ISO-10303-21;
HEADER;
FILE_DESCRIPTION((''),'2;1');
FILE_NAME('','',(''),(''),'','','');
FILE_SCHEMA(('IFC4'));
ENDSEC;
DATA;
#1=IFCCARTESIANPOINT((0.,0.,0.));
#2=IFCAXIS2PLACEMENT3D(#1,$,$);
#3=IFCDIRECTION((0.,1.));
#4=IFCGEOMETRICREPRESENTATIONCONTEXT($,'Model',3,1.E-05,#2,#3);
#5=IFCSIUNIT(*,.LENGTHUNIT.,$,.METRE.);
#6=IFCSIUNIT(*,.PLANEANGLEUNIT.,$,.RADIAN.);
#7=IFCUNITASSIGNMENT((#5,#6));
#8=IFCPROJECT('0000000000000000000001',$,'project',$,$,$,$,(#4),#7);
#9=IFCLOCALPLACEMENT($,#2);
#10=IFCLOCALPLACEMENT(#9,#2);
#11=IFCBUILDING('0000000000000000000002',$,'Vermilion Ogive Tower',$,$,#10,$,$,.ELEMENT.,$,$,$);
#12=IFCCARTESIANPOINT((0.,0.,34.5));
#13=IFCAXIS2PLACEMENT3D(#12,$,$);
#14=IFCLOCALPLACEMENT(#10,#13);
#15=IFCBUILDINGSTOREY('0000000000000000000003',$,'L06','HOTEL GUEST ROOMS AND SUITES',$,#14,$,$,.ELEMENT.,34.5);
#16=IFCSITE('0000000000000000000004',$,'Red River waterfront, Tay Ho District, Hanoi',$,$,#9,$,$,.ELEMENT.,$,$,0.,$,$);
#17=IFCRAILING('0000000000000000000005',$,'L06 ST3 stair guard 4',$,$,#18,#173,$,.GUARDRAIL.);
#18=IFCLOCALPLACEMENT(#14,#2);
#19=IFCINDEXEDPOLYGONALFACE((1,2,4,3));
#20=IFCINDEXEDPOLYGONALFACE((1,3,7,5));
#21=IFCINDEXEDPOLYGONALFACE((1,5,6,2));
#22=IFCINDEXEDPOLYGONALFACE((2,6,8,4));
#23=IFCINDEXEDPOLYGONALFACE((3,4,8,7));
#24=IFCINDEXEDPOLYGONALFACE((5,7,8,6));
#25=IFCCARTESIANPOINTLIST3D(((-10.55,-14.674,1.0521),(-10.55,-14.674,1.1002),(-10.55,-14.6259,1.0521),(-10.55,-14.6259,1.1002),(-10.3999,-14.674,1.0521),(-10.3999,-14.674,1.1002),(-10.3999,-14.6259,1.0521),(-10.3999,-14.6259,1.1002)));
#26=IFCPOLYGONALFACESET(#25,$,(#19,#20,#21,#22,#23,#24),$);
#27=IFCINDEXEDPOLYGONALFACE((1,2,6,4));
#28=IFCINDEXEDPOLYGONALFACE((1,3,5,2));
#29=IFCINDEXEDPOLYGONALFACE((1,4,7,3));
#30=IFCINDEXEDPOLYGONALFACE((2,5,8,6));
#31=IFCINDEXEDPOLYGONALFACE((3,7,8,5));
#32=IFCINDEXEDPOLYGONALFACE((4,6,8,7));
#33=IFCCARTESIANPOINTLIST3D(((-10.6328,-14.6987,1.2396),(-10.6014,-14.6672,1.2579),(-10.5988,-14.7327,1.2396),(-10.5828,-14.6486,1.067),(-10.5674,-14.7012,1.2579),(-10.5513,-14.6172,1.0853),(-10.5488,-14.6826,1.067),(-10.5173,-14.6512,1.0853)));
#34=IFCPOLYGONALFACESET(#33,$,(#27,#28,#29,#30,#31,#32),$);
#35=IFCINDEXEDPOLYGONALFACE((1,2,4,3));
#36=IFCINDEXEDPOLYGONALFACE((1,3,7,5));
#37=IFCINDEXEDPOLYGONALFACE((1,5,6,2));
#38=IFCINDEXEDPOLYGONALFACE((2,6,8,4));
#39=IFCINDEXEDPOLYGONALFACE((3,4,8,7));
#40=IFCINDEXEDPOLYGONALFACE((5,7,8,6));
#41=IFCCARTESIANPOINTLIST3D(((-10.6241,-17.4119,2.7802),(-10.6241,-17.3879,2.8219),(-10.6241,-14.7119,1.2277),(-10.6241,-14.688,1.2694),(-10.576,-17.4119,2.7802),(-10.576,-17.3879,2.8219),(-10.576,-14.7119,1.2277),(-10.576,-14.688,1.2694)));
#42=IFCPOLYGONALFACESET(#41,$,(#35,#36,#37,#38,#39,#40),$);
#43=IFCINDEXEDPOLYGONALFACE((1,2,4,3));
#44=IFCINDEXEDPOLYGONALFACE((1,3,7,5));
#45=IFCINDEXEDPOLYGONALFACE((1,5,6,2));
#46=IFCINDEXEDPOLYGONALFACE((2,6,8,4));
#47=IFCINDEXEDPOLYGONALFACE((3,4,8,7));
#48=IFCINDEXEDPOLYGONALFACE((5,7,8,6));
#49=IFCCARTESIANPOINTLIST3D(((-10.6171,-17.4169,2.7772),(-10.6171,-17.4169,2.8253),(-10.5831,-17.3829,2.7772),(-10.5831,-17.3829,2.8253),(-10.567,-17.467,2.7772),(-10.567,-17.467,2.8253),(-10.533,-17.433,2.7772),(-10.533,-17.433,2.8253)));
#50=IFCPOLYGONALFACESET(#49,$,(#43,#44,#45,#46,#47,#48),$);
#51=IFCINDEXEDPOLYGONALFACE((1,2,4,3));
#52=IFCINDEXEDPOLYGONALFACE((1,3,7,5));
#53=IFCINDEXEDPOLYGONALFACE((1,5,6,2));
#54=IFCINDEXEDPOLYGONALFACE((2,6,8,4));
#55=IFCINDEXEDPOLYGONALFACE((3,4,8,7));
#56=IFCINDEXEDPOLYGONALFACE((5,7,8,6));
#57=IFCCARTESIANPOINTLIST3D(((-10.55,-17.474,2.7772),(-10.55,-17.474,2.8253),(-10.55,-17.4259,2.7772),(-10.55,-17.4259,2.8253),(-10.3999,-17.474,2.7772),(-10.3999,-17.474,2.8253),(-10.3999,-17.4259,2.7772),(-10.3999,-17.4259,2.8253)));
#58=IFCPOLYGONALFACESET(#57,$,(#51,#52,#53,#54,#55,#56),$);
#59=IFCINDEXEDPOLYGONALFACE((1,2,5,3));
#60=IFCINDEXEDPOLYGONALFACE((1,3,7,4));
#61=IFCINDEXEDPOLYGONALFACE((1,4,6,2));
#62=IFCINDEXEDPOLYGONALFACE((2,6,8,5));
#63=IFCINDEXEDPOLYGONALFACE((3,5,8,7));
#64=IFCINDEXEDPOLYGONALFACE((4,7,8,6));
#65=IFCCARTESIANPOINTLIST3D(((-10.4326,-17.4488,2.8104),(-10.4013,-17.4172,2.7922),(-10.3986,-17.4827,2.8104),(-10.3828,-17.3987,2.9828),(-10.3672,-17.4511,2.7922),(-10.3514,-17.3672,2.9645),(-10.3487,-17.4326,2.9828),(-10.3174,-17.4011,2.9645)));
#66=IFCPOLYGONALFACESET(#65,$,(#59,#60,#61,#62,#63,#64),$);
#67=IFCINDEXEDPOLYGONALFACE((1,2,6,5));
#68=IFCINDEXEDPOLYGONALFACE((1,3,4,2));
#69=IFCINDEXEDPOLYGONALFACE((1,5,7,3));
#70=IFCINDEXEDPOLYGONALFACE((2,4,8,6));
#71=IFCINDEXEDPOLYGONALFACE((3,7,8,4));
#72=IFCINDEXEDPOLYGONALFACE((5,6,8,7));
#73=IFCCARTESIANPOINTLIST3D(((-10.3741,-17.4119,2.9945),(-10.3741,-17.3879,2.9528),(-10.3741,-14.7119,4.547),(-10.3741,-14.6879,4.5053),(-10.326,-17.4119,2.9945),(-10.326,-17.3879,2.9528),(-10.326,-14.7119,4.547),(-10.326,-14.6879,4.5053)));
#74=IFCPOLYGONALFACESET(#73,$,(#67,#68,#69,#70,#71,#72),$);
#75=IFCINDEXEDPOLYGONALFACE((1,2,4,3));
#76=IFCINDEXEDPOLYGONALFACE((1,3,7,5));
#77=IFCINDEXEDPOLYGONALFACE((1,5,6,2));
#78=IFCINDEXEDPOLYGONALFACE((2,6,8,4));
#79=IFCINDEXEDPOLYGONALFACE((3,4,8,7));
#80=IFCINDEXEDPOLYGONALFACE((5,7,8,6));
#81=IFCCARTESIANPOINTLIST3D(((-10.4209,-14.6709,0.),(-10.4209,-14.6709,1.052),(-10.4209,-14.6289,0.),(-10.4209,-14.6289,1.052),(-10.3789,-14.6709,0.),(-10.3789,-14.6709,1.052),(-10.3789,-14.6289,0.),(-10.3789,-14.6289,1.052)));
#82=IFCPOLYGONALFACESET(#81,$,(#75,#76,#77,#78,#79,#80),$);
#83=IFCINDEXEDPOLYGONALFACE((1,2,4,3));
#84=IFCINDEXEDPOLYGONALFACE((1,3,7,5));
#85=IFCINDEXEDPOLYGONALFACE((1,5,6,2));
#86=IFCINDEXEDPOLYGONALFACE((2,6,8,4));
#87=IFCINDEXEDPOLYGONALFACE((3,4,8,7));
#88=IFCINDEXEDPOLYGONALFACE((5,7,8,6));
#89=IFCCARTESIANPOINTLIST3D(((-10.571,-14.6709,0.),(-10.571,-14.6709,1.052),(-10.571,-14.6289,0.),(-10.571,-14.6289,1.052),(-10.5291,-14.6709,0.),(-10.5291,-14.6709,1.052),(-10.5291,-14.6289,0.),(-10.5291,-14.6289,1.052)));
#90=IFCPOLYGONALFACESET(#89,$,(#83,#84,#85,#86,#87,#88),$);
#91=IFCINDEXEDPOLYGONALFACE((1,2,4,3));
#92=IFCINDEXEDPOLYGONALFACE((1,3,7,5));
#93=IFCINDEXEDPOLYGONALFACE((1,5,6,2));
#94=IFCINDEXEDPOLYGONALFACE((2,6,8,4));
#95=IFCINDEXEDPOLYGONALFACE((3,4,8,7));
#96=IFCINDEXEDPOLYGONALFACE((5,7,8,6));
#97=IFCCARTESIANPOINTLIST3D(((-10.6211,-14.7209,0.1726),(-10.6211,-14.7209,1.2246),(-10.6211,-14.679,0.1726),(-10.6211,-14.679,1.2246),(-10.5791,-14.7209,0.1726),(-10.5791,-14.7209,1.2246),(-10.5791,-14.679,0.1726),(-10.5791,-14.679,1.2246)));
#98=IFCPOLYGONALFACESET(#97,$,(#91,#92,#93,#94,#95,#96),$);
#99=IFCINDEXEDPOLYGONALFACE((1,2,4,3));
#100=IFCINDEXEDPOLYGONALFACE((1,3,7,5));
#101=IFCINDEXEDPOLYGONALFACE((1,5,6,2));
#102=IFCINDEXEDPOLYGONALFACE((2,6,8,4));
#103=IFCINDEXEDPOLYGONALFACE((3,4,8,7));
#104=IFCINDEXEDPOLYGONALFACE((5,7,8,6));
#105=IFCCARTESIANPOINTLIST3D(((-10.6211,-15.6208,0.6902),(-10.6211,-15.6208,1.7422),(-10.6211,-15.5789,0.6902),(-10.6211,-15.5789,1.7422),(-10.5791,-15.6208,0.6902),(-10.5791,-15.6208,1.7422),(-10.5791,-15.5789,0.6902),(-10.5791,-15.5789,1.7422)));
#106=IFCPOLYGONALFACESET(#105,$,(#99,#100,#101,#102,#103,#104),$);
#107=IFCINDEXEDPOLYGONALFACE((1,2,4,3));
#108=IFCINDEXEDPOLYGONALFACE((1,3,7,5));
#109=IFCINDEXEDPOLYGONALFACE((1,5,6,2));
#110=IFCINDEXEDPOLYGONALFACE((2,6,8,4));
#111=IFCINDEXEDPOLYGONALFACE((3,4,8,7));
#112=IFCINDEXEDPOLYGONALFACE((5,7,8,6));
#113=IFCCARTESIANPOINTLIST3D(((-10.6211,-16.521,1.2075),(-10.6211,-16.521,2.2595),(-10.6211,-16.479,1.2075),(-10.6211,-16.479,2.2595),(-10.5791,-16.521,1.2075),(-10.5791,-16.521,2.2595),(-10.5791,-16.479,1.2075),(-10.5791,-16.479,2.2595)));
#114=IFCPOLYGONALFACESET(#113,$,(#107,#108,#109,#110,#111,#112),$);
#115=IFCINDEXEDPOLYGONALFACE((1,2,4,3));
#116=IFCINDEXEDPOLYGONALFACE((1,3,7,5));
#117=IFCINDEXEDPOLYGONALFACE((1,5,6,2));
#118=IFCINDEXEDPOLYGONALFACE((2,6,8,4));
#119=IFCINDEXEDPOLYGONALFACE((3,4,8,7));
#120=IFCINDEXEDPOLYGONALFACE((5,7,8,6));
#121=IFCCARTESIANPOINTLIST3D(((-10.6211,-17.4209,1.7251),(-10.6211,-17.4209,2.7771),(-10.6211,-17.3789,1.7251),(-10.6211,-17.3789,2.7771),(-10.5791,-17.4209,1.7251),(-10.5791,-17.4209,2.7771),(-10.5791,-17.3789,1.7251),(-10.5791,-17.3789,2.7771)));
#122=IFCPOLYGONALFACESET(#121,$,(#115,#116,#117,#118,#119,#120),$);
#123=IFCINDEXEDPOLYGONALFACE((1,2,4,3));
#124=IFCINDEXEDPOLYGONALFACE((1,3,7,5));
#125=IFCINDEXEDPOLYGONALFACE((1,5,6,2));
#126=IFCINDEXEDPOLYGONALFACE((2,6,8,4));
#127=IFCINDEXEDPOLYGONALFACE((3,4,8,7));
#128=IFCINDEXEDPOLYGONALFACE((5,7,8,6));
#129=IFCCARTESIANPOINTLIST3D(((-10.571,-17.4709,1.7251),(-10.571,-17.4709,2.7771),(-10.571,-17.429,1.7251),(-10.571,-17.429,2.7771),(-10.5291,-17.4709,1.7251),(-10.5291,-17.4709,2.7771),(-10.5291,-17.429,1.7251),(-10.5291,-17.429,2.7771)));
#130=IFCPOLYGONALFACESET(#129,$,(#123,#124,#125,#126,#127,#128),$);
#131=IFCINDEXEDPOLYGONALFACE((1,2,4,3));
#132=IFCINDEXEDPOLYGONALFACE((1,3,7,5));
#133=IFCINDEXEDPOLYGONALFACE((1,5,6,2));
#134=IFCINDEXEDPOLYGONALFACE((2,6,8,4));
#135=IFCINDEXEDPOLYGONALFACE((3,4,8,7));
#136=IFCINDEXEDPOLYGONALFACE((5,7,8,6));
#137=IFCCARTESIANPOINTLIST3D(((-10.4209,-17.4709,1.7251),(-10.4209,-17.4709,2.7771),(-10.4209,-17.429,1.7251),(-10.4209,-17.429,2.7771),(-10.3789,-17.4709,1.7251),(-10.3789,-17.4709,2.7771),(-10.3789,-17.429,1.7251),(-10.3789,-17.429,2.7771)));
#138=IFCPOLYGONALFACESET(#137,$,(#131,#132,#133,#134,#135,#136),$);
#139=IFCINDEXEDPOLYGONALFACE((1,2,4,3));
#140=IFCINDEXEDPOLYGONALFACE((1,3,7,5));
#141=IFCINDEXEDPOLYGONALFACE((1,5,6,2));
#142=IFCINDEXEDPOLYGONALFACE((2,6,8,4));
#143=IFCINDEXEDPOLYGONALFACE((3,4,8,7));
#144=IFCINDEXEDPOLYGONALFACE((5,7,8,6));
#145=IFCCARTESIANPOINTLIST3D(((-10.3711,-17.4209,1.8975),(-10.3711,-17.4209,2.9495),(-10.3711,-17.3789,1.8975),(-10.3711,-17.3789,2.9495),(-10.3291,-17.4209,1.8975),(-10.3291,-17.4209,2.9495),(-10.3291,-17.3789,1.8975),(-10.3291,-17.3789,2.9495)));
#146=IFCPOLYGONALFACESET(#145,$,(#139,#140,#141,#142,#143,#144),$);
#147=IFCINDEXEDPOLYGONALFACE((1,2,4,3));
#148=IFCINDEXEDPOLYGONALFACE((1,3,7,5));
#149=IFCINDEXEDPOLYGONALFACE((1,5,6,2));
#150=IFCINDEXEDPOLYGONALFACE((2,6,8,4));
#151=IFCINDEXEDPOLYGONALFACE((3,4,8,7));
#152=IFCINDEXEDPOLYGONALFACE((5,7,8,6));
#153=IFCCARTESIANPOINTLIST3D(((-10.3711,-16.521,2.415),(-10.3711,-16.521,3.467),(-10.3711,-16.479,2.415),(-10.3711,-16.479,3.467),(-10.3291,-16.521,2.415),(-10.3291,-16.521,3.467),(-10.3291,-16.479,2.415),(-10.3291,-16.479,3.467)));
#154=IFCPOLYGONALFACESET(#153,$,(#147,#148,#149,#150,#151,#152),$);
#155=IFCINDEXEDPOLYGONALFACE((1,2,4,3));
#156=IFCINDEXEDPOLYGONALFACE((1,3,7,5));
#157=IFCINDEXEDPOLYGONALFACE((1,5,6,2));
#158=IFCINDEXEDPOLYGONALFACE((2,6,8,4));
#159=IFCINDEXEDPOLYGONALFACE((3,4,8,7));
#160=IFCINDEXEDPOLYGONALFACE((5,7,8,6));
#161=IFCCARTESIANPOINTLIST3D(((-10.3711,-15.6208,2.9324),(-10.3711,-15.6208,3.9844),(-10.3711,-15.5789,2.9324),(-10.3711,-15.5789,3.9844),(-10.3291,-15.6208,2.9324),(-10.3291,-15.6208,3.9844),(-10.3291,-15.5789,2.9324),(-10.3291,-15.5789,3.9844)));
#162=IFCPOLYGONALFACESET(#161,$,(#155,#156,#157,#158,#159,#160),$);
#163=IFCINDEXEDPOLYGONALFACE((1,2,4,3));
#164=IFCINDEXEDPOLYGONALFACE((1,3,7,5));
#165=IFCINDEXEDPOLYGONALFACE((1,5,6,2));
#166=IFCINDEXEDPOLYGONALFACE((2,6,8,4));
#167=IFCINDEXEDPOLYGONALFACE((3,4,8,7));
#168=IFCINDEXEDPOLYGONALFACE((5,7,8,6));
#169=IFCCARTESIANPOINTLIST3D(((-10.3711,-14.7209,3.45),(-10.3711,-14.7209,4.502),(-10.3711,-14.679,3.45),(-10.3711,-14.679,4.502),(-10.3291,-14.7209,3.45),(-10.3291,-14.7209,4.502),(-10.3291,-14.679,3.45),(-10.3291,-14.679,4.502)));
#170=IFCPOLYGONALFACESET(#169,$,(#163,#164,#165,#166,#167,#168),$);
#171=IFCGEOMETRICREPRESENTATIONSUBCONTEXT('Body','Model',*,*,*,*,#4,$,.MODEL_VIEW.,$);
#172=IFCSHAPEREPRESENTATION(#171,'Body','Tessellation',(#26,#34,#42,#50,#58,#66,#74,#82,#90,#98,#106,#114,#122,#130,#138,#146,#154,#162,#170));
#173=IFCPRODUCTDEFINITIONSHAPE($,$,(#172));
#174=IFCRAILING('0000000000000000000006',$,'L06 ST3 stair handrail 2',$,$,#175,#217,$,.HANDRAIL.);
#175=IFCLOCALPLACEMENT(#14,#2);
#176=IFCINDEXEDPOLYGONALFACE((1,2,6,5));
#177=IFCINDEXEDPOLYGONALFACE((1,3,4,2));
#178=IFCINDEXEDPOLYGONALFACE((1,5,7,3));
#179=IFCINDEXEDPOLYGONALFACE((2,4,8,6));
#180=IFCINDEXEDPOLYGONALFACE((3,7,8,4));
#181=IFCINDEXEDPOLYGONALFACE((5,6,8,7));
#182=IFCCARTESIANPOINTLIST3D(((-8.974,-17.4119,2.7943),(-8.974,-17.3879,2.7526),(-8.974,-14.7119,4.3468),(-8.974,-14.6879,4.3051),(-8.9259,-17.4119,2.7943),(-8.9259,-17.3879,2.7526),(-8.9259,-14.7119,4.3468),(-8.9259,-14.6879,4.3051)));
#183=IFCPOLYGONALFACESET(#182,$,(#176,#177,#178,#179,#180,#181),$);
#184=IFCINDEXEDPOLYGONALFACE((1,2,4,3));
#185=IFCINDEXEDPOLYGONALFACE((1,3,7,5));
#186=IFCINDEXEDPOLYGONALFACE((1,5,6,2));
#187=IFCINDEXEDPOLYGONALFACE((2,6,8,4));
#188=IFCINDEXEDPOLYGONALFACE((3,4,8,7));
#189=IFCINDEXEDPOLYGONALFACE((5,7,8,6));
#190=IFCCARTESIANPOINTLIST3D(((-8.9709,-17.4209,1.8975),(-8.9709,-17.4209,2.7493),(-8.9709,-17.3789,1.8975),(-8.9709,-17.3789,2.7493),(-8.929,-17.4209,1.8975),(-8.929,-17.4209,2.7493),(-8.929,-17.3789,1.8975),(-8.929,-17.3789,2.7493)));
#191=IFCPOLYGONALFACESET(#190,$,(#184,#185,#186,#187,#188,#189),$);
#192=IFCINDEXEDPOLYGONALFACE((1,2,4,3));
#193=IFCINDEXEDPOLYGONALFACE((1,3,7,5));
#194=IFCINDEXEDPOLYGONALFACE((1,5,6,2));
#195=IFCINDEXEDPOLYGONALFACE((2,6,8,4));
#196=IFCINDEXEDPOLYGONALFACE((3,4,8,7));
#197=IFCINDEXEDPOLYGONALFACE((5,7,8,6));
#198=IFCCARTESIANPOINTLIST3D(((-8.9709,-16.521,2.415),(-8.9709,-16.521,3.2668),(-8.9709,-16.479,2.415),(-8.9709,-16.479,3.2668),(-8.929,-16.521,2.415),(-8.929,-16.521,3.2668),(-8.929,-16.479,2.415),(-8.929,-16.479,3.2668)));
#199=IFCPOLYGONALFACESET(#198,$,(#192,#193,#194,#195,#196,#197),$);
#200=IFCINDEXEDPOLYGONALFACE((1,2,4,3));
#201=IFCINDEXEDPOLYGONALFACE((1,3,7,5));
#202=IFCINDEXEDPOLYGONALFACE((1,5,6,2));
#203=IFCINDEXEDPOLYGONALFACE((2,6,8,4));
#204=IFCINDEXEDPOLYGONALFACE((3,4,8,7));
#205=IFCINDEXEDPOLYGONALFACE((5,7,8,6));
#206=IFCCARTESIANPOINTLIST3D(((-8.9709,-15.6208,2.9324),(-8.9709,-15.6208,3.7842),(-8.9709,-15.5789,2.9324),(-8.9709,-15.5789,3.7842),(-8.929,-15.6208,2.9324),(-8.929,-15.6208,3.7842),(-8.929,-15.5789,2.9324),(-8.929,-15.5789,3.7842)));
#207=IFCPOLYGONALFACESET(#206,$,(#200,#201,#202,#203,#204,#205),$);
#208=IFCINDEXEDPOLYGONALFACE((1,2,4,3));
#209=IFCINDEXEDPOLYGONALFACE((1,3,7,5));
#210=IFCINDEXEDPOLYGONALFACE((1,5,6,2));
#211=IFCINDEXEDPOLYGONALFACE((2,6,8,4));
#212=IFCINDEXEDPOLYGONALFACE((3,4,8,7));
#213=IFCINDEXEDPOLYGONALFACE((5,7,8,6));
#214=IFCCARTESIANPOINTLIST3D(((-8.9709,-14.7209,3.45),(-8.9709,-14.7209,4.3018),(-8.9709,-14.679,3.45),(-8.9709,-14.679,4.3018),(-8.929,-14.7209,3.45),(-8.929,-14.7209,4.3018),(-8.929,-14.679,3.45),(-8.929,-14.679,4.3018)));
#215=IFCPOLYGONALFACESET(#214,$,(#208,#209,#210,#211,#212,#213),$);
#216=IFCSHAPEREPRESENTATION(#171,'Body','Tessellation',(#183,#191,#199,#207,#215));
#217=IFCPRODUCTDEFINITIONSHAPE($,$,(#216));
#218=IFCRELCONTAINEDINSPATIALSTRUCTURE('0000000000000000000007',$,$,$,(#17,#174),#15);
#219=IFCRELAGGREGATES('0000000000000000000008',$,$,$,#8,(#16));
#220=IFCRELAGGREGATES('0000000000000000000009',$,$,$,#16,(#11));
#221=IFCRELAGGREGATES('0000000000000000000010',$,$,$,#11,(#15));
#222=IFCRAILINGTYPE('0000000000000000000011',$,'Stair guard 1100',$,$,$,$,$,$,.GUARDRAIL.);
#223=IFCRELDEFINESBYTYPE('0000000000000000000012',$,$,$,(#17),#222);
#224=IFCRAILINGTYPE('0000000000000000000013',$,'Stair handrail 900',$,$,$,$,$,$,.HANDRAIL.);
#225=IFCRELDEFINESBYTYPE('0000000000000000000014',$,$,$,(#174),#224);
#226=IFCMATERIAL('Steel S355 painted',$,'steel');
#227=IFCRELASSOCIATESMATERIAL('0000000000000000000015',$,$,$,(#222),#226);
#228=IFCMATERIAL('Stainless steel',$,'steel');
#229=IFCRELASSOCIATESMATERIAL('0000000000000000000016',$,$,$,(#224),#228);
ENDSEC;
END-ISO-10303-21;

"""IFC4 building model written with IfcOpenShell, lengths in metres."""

from ifc_helpers import new_model, si_unit, direction, frame, origin, origin_2d, place, context, subcontext, project, spatial, rectangle, extrude, material, type_object, element, save


model = new_model("IFC4")

# Units and contexts
model_context = context("Model", 3, precision=1e-05, world=origin(), true_north=direction((0.0, 1.0)))
body_context = subcontext(model_context, "Body", "Model", "MODEL_VIEW")
ifc_project = project(units=[si_unit("LENGTHUNIT", "METRE"), si_unit("PLANEANGLEUNIT", "RADIAN")], contexts=[model_context])

# Site, building, storey
site_placement = place(None, origin())
site = spatial("IfcSite", under=ifc_project, at=site_placement, Name="Red River waterfront, Tay Ho District, Hanoi", CompositionType="ELEMENT", RefElevation=0.0)
building_placement = place(site_placement, origin())
building = spatial("IfcBuilding", under=site, at=building_placement, Name="Vermilion Ogive Tower", CompositionType="ELEMENT")
storey_placement = place(building_placement, frame((0.0, 0.0, 34.5)))
storey = spatial("IfcBuildingStorey", under=building, at=storey_placement, Name="L06", Description="HOTEL GUEST ROOMS AND SUITES", CompositionType="ELEMENT", Elevation=34.5)

# Railings
ifc_material_1 = material(Name="Steel S355 painted", Category="steel")
railing_type_1 = type_object("IfcRailingType", Name="Stair guard 1100", PredefinedType="GUARDRAIL", material=ifc_material_1)
railing_1_placement = place(storey_placement, frame((-10.3999, -14.6499, 0.0)))
element("IfcRailing", 1, at=railing_1_placement, inside=storey, type_object=railing_type_1, Name="L06 ST3 stair guard 4", PredefinedType="GUARDRAIL", context=body_context, shape_type="SweptSolid", body=[
    extrude(rectangle(XDim=0.0481, YDim=0.0481, at=origin_2d()), frame((0.0, 0.0, 1.0762), z_axis=(-1.0, 0.0, 0.0), x_axis=(0.0, -1.0, 0.0)), (0.0, 0.0, 1.0), 0.1501),
    extrude(rectangle(XDim=0.0481, YDim=0.0481, at=origin_2d()), frame((-0.1501, 0.0, 1.0762), z_axis=(-0.268278, -0.268278, 0.925232), x_axis=(0.707107, -0.707107, 0.0)), (0.0, 0.0, 1.0), 0.1865),
    extrude(rectangle(XDim=0.0481, YDim=0.0481, at=origin_2d()), frame((-0.2002, -0.05, 1.2485), z_axis=(0.0, -0.866904, 0.498476), x_axis=(1.0, 0.0, 0.0)), (0.0, 0.0, 1.0), 3.1145),
    extrude(rectangle(XDim=0.0481, YDim=0.0481, at=origin_2d()), frame((-0.2002, -2.75, 2.8013), z_axis=(0.707107, -0.707107, 0.0), x_axis=(0.707107, 0.707107, 0.0)), (0.0, 0.0, 1.0), 0.0708),
    extrude(rectangle(XDim=0.0481, YDim=0.0481, at=origin_2d()), frame((-0.1501, -2.8, 2.8013), z_axis=(1.0, 0.0, 0.0), x_axis=(0.0, 1.0, 0.0)), (0.0, 0.0, 1.0), 0.1501),
    extrude(rectangle(XDim=0.0481, YDim=0.0481, at=origin_2d()), frame((0.0, -2.8, 2.8013), z_axis=(0.267387, 0.268698, 0.925368), x_axis=(-0.708834, 0.705376, 0.0)), (0.0, 0.0, 1.0), 0.1863),
    extrude(rectangle(XDim=0.0481, YDim=0.0481, at=origin_2d()), frame((0.0498, -2.75, 2.9736), z_axis=(0.0, 0.866904, 0.498476), x_axis=(-1.0, 0.0, 0.0)), (0.0, 0.0, 1.0), 3.1145),
    extrude(rectangle(XDim=0.042, YDim=0.042, at=origin_2d()), origin(), (0.0, 0.0, 1.0), 1.052),
    extrude(rectangle(XDim=0.042, YDim=0.042, at=origin_2d()), frame((-0.1501, 0.0, 0.0)), (0.0, 0.0, 1.0), 1.052),
    extrude(rectangle(XDim=0.042, YDim=0.042, at=origin_2d()), frame((-0.2002, -0.05, 0.1726)), (0.0, 0.0, 1.0), 1.052),
    extrude(rectangle(XDim=0.042, YDim=0.042, at=origin_2d()), frame((-0.2002, -0.95, 0.6902)), (0.0, 0.0, 1.0), 1.052),
    extrude(rectangle(XDim=0.042, YDim=0.042, at=origin_2d()), frame((-0.2002, -1.8501, 1.2075)), (0.0, 0.0, 1.0), 1.052),
    extrude(rectangle(XDim=0.042, YDim=0.042, at=origin_2d()), frame((-0.2002, -2.75, 1.7251)), (0.0, 0.0, 1.0), 1.052),
    extrude(rectangle(XDim=0.042, YDim=0.042, at=origin_2d()), frame((-0.1501, -2.8, 1.7251)), (0.0, 0.0, 1.0), 1.052),
    extrude(rectangle(XDim=0.042, YDim=0.042, at=origin_2d()), frame((0.0, -2.8, 1.7251)), (0.0, 0.0, 1.0), 1.052),
    extrude(rectangle(XDim=0.042, YDim=0.042, at=origin_2d()), frame((0.0498, -2.75, 1.8975)), (0.0, 0.0, 1.0), 1.052),
    extrude(rectangle(XDim=0.042, YDim=0.042, at=origin_2d()), frame((0.0498, -1.8501, 2.415)), (0.0, 0.0, 1.0), 1.052),
    extrude(rectangle(XDim=0.042, YDim=0.042, at=origin_2d()), frame((0.0498, -0.95, 2.9324)), (0.0, 0.0, 1.0), 1.052),
    extrude(rectangle(XDim=0.042, YDim=0.042, at=origin_2d()), frame((0.0498, -0.05, 3.45)), (0.0, 0.0, 1.0), 1.052),
])
ifc_material_2 = material(Name="Stainless steel", Category="steel")
railing_type_2 = type_object("IfcRailingType", Name="Stair handrail 900", PredefinedType="HANDRAIL", material=ifc_material_2)
railing_2_placement = place(storey_placement, frame((-8.95, -17.3999, 1.8975)))
element("IfcRailing", 2, at=railing_2_placement, inside=storey, type_object=railing_type_2, Name="L06 ST3 stair handrail 2", PredefinedType="HANDRAIL", context=body_context, shape_type="SweptSolid", body=[
    extrude(rectangle(XDim=0.0481, YDim=0.0481, at=origin_2d()), frame((0.0, 0.0, 0.876), z_axis=(0.0, 0.866904, 0.498476), x_axis=(-1.0, 0.0, 0.0)), (0.0, 0.0, 1.0), 3.1145),
    extrude(rectangle(XDim=0.042, YDim=0.042, at=origin_2d()), origin(), (0.0, 0.0, 1.0), 0.8518),
    extrude(rectangle(XDim=0.042, YDim=0.042, at=origin_2d()), frame((0.0, 0.8999, 0.5176)), (0.0, 0.0, 1.0), 0.8518),
    extrude(rectangle(XDim=0.042, YDim=0.042, at=origin_2d()), frame((0.0, 1.8, 1.0349)), (0.0, 0.0, 1.0), 0.8518),
    extrude(rectangle(XDim=0.042, YDim=0.042, at=origin_2d()), frame((0.0, 2.7, 1.5525)), (0.0, 0.0, 1.0), 0.8518),
])

save(model, "model.ifc")
